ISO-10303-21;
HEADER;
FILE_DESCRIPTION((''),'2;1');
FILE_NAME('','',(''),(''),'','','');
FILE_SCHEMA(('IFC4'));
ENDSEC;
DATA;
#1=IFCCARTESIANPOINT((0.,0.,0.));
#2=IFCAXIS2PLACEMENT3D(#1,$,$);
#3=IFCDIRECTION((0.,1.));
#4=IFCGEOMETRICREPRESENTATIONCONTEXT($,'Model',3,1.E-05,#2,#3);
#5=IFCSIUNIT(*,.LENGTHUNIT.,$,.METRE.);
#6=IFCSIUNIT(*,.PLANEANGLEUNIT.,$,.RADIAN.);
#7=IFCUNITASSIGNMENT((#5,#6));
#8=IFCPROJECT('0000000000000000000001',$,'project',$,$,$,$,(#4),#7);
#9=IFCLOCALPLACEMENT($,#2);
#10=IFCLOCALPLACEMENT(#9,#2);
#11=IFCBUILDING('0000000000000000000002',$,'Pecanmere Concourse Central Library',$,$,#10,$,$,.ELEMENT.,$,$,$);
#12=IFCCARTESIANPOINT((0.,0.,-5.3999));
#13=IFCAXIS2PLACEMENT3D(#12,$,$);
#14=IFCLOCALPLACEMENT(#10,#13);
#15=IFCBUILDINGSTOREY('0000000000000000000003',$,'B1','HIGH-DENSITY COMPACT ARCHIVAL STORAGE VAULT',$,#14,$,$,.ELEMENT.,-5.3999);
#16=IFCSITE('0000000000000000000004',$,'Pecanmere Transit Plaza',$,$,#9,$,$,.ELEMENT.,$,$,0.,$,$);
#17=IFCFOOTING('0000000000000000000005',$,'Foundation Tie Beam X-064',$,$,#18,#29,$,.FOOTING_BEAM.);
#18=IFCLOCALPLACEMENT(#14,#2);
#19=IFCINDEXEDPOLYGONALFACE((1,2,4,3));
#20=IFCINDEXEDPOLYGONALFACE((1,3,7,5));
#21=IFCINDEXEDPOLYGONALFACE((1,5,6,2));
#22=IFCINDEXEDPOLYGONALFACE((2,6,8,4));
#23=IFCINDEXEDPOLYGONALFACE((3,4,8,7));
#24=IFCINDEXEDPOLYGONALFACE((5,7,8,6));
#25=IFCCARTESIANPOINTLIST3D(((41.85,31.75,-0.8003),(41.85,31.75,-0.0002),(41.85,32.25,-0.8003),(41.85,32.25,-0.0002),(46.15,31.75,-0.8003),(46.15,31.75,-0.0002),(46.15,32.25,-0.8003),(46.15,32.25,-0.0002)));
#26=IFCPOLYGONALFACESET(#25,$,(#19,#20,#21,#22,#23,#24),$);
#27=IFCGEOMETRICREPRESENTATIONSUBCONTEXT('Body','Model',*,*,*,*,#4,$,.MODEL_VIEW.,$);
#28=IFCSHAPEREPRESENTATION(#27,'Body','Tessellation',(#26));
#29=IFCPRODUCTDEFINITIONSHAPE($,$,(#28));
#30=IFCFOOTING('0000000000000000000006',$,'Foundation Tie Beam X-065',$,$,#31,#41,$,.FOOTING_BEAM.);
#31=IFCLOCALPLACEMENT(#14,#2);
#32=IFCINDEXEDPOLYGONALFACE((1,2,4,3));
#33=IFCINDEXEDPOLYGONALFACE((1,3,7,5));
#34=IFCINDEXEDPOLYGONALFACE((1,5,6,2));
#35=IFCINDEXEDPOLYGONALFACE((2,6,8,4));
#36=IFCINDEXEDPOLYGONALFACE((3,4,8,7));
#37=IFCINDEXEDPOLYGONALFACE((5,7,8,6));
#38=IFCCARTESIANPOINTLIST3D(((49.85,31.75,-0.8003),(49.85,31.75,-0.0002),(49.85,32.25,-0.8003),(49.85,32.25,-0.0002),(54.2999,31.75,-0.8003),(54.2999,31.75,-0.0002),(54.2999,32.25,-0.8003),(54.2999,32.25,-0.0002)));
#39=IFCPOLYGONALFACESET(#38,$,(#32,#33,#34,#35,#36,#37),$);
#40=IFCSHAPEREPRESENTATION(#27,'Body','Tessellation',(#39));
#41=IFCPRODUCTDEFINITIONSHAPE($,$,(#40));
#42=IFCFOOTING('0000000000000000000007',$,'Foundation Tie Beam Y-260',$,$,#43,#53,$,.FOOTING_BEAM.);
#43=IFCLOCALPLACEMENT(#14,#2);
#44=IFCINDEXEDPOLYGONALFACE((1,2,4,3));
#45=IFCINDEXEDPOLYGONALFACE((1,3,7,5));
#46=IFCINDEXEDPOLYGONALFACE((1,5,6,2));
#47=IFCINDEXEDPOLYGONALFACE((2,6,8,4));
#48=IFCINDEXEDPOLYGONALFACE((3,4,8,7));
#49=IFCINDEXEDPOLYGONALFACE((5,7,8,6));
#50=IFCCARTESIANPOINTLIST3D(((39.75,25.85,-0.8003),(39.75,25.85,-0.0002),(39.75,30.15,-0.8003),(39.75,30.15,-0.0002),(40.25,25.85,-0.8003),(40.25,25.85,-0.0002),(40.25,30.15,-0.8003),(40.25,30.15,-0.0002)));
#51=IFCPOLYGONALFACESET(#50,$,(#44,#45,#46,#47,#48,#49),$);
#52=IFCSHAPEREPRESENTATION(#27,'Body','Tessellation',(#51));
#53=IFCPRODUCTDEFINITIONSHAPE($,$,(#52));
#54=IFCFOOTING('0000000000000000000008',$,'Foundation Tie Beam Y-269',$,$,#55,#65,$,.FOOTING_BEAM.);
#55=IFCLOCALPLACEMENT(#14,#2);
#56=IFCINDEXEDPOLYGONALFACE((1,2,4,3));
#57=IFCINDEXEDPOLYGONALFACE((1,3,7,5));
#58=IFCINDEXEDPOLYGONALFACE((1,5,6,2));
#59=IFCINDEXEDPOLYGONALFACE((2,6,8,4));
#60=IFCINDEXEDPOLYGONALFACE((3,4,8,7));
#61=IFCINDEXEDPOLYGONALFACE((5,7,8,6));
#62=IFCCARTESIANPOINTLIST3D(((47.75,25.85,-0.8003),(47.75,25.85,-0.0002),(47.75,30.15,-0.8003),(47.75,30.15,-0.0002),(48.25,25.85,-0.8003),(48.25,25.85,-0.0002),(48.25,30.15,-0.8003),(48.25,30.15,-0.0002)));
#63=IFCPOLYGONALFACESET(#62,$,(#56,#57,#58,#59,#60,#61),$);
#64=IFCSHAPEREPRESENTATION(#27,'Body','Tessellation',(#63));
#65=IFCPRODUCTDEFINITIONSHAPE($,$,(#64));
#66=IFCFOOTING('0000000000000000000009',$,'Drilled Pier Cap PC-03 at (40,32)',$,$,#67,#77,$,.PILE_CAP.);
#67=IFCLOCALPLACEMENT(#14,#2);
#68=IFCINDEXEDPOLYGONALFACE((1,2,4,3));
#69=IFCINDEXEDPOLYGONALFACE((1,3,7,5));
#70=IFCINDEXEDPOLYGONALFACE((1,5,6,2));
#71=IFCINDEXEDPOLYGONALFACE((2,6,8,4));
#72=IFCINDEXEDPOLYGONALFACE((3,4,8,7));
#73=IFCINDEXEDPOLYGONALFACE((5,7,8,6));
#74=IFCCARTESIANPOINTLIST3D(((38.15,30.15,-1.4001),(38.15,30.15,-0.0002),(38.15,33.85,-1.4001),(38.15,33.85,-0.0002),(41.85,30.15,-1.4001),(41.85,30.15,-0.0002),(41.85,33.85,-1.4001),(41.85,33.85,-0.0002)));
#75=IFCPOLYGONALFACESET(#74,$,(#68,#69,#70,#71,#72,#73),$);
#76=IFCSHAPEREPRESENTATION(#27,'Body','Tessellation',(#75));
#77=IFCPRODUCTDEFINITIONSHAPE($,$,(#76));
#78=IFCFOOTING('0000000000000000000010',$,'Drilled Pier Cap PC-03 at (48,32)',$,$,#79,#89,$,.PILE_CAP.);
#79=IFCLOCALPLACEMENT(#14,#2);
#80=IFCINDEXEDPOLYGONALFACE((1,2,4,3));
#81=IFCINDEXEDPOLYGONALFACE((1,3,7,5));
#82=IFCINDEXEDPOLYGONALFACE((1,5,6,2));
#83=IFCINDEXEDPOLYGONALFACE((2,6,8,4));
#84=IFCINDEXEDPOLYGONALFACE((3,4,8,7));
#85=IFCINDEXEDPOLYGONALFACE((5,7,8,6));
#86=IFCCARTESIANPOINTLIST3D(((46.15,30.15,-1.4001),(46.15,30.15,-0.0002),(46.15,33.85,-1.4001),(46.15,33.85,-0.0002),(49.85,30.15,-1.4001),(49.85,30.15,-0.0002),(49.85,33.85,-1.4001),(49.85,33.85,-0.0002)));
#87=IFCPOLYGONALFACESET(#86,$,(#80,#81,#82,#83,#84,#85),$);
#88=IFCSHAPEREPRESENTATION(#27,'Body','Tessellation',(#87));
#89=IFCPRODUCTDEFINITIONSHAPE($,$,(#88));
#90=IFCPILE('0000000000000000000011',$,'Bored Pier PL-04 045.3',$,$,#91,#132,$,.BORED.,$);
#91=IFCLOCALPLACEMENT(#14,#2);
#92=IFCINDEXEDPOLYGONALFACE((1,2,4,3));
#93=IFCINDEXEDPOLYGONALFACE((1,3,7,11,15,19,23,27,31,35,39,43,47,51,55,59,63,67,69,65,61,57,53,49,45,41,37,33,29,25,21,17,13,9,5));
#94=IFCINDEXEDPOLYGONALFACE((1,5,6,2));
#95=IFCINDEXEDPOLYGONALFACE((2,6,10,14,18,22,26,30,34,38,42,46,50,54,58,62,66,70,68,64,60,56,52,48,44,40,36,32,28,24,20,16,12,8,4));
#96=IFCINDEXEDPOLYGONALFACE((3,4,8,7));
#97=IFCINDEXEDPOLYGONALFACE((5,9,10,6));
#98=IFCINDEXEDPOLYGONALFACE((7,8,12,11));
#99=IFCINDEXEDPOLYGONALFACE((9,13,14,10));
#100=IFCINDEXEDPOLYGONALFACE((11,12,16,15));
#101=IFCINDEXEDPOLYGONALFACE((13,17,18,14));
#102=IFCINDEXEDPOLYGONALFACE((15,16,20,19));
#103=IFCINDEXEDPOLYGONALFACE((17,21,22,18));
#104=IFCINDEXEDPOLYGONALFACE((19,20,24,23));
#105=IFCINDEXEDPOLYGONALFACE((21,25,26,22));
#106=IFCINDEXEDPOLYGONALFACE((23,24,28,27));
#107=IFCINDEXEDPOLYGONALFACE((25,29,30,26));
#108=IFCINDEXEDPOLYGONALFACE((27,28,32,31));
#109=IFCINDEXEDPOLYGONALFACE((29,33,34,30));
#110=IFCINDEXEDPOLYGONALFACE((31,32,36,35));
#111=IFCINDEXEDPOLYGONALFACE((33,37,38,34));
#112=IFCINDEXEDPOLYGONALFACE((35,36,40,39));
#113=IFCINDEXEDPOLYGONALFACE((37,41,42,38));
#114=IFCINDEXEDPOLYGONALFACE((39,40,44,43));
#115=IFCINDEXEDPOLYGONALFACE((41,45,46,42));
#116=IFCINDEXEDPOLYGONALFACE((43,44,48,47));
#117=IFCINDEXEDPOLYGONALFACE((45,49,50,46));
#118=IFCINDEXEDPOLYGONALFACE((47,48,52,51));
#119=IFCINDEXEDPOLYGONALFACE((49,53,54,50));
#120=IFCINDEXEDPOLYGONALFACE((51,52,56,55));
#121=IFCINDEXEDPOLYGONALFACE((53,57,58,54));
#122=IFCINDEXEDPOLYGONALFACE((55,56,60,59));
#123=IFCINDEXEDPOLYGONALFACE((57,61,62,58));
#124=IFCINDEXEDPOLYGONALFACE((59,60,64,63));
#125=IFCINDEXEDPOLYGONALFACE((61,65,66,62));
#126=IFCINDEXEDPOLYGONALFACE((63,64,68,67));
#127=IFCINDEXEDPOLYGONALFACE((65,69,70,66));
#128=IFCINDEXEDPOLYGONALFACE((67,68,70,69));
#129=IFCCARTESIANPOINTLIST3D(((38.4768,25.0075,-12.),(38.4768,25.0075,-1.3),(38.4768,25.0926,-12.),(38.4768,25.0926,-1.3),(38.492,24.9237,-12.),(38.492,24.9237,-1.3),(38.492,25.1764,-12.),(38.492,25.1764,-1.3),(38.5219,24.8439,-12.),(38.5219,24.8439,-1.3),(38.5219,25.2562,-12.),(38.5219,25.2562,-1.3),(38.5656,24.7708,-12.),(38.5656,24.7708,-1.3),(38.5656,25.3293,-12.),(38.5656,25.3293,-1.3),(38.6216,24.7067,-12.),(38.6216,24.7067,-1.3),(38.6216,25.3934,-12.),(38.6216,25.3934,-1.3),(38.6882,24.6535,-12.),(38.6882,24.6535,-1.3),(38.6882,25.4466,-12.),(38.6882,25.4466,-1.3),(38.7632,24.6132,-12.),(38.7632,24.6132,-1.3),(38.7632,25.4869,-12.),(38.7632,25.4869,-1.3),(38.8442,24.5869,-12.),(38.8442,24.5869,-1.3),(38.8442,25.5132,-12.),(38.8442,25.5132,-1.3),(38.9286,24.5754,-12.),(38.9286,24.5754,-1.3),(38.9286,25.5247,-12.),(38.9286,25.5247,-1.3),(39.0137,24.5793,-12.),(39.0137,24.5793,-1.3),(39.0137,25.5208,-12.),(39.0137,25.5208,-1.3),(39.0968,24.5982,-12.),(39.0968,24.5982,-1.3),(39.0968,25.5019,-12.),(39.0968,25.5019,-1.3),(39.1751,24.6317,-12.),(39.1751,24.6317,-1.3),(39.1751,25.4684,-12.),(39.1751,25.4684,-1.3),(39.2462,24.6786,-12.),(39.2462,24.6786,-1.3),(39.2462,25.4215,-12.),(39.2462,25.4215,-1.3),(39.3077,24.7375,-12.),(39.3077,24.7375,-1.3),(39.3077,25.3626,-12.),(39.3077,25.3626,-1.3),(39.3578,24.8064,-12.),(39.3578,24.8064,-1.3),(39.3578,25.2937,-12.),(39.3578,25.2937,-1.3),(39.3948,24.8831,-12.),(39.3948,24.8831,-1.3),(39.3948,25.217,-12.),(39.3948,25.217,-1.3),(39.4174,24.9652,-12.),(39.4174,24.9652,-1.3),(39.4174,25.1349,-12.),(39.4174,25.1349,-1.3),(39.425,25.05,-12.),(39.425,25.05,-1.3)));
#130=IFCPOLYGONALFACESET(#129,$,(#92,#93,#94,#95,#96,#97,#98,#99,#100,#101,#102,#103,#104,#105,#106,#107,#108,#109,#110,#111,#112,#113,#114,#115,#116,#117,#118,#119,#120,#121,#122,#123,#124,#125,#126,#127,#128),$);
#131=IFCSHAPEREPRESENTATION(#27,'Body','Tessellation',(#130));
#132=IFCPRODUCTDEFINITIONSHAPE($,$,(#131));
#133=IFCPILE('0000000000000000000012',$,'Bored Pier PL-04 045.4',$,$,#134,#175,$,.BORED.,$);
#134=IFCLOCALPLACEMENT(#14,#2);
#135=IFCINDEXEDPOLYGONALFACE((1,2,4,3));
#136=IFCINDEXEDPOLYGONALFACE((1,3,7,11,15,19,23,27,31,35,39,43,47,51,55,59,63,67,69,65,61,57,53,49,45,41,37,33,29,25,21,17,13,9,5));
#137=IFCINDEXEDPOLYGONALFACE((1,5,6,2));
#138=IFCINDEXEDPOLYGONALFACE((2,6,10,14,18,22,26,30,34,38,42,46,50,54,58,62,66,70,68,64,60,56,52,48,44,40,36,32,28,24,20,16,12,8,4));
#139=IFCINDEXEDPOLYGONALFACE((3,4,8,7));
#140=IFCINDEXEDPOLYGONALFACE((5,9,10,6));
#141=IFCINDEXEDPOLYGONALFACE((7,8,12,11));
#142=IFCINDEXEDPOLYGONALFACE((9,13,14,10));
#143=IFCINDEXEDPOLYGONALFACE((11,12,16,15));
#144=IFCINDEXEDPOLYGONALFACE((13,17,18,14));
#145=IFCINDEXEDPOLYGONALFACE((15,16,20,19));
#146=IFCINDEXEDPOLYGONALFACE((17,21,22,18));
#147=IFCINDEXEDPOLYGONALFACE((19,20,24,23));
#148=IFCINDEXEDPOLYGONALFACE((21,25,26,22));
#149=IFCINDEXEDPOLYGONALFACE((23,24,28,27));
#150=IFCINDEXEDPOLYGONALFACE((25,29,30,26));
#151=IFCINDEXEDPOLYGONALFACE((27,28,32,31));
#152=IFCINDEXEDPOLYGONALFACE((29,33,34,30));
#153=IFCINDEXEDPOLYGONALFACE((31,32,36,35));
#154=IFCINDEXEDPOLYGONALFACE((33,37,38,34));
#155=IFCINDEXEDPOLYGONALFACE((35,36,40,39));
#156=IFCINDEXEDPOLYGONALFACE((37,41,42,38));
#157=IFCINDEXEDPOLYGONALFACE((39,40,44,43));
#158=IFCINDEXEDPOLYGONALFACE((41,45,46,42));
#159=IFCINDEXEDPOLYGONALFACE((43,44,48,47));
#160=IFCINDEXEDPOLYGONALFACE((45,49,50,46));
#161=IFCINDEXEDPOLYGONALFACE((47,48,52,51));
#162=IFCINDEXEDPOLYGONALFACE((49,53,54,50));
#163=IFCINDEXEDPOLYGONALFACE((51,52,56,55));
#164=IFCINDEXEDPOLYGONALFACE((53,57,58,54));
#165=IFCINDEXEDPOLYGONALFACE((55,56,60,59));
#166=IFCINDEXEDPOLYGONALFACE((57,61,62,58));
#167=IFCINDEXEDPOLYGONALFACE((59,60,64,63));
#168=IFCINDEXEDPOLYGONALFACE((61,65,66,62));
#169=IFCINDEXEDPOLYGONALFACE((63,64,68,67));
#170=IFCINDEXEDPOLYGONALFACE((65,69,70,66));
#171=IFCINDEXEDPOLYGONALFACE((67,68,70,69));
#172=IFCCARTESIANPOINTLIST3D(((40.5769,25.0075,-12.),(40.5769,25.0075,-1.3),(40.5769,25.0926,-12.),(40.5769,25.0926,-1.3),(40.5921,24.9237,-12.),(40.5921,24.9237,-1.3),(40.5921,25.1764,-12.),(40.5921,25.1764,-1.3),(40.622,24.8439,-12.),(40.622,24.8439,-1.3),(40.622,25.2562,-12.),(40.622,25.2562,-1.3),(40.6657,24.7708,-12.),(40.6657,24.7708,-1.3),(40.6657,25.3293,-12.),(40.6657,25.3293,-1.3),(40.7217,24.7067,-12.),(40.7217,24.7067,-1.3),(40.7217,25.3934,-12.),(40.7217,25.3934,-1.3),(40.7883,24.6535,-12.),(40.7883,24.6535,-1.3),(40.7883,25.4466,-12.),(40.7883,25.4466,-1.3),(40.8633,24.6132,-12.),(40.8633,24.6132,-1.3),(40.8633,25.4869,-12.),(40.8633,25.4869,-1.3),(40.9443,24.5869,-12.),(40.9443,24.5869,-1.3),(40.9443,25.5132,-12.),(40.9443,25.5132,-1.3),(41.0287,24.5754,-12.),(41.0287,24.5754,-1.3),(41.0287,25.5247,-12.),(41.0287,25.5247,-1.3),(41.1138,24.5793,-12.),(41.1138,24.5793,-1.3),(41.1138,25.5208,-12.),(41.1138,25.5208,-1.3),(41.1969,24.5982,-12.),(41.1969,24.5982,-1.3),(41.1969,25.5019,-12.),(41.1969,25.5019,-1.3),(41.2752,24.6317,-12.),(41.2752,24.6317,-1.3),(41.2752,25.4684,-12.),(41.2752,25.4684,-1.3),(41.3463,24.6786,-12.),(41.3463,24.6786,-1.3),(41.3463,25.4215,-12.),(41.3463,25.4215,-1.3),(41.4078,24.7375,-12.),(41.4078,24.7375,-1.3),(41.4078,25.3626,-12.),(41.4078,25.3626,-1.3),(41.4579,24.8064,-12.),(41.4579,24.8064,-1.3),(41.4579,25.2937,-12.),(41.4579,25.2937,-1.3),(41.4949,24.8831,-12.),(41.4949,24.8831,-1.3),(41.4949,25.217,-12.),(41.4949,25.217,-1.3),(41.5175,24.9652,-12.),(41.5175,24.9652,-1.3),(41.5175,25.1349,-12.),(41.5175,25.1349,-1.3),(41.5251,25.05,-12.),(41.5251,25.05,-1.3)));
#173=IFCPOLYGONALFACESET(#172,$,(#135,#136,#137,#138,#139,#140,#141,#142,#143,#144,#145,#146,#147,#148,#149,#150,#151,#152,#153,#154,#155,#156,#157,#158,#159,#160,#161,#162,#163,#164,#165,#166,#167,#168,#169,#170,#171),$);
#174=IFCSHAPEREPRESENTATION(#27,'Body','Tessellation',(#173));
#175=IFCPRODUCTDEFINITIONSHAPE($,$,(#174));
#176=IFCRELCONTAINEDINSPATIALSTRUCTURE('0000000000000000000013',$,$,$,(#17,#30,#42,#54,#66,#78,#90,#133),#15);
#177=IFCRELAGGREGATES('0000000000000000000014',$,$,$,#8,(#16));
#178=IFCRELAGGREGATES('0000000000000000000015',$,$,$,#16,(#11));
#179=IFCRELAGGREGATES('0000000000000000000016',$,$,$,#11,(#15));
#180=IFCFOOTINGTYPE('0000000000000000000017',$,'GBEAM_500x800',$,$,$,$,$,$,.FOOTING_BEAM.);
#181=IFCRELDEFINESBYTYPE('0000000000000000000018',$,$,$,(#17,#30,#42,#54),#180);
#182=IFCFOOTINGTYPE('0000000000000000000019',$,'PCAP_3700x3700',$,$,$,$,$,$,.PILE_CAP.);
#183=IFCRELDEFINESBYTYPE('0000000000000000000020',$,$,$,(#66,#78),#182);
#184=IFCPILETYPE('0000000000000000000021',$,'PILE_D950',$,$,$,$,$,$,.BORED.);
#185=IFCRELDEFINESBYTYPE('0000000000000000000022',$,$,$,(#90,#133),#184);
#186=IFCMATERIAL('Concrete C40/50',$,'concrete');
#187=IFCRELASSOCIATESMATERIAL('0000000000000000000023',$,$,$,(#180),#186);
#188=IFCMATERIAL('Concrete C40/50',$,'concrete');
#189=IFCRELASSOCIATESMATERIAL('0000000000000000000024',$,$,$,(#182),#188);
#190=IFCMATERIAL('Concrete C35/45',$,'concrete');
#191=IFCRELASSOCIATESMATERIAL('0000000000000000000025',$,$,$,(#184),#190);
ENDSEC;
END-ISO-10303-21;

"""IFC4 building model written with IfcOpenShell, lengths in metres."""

from ifc_helpers import new_model, si_unit, direction, frame, origin, origin_2d, place, context, subcontext, project, spatial, rectangle, circle, extrude, material, material_profile, profile_set, type_object, element, save


model = new_model("IFC4")

# Units and contexts
model_context = context("Model", 3, precision=1e-05, world=origin(), true_north=direction((0.0, 1.0)))
body_context = subcontext(model_context, "Body", "Model", "MODEL_VIEW")
ifc_project = project(units=[si_unit("LENGTHUNIT", "METRE"), si_unit("PLANEANGLEUNIT", "RADIAN")], contexts=[model_context])

# Site, building, storey
site_placement = place(None, origin())
site = spatial("IfcSite", under=ifc_project, at=site_placement, Name="Pecanmere Transit Plaza", CompositionType="ELEMENT", RefElevation=0.0)
building_placement = place(site_placement, origin())
building = spatial("IfcBuilding", under=site, at=building_placement, Name="Pecanmere Concourse Central Library", CompositionType="ELEMENT")
storey_placement = place(building_placement, frame((0.0, 0.0, -5.3999)))
storey = spatial("IfcBuildingStorey", under=building, at=storey_placement, Name="B1", Description="HIGH-DENSITY COMPACT ARCHIVAL STORAGE VAULT", CompositionType="ELEMENT", Elevation=-5.3999)

# Footings
ifc_material_1 = material(Name="Concrete C40/50", Category="concrete")
ifc_material_profile_1 = material_profile(ifc_material_1, rectangle(XDim=0.5, YDim=0.8, at=origin_2d()), Name="RC 500x800")
ifc_profile_set_1 = profile_set([ifc_material_profile_1], Name="Concrete C40/50")
footing_type_1 = type_object("IfcFootingType", Name="GBEAM_500x800", PredefinedType="FOOTING_BEAM", material=ifc_profile_set_1)
footing_1_placement = place(storey_placement, frame((44.0, 32.0, -0.8003), z_axis=(0.0, 0.0, 1.0), x_axis=(1.0, 0.0, 0.0)))
element("IfcFooting", 1, at=footing_1_placement, inside=storey, type_object=footing_type_1, Name="Foundation Tie Beam X-064", PredefinedType="FOOTING_BEAM", context=body_context, shape_type="SweptSolid", body=[
    extrude(rectangle(XDim=4.3, YDim=0.5, at=origin_2d()), origin(), (0.0, 0.0, 1.0), 0.8),
])
footing_2_placement = place(storey_placement, frame((52.075, 32.0, -0.8003), z_axis=(0.0, 0.0, 1.0), x_axis=(1.0, 0.0, 0.0)))
element("IfcFooting", 2, at=footing_2_placement, inside=storey, type_object=footing_type_1, Name="Foundation Tie Beam X-065", PredefinedType="FOOTING_BEAM", context=body_context, shape_type="SweptSolid", body=[
    extrude(rectangle(XDim=4.45, YDim=0.5, at=origin_2d()), origin(), (0.0, 0.0, 1.0), 0.8),
])
for number, where, z_axis, x_axis, name in (
    (3, (40.0, 28.0, -0.8003), (0.0, 0.0, 1.0), (0.0, 1.0, 0.0), "Foundation Tie Beam Y-260"),
    (4, (48.0, 28.0, -0.8003), (0.0, 0.0, 1.0), (0.0, 1.0, 0.0), "Foundation Tie Beam Y-269"),
):
    element("IfcFooting", number, at=place(storey_placement, frame(where, z_axis=z_axis, x_axis=x_axis)), inside=storey, type_object=footing_type_1, Name=name, PredefinedType="FOOTING_BEAM", context=body_context, shape_type="SweptSolid", body=[
        extrude(rectangle(XDim=4.3, YDim=0.5, at=origin_2d()), origin(), (0.0, 0.0, 1.0), 0.8),
    ])
ifc_material_2 = material(Name="Concrete C40/50", Category="concrete")
footing_type_2 = type_object("IfcFootingType", Name="PCAP_3700x3700", PredefinedType="PILE_CAP", material=ifc_material_2)
for number, where, z_axis, x_axis, name in (
    (5, (40.0, 32.0, -1.4001), (0.0, 0.0, 1.0), (1.0, 0.0, 0.0), "Drilled Pier Cap PC-03 at (40,32)"),
    (6, (48.0, 32.0, -1.4001), (0.0, 0.0, 1.0), (1.0, 0.0, 0.0), "Drilled Pier Cap PC-03 at (48,32)"),
):
    element("IfcFooting", number, at=place(storey_placement, frame(where, z_axis=z_axis, x_axis=x_axis)), inside=storey, type_object=footing_type_2, Name=name, PredefinedType="PILE_CAP", context=body_context, shape_type="SweptSolid", body=[
        extrude(rectangle(XDim=3.7, YDim=3.7, at=origin_2d()), origin(), (0.0, 0.0, 1.0), 1.3999),
    ])

# Piles
ifc_material_3 = material(Name="Concrete C35/45", Category="concrete")
ifc_material_profile_2 = material_profile(ifc_material_3, circle(Radius=0.4751, at=origin_2d()), Name="PIER D950")
ifc_profile_set_2 = profile_set([ifc_material_profile_2], Name="Concrete C35/45")
pile_type = type_object("IfcPileType", Name="PILE_D950", PredefinedType="BORED", material=ifc_profile_set_2)
for number, where, z_axis, x_axis, name in (
    (7, (38.95, 25.05, -1.3), (0.0, 0.0, -1.0), (1.0, 0.0, 0.0), "Bored Pier PL-04 045.3"),
    (8, (41.05, 25.05, -1.3), (0.0, 0.0, -1.0), (1.0, 0.0, 0.0), "Bored Pier PL-04 045.4"),
):
    element("IfcPile", number, at=place(storey_placement, frame(where, z_axis=z_axis, x_axis=x_axis)), inside=storey, type_object=pile_type, Name=name, PredefinedType="BORED", context=body_context, shape_type="SweptSolid", body=[
        extrude(circle(Radius=0.4751, at=origin_2d()), origin(), (0.0, 0.0, 1.0), 10.7),
    ])

save(model, "model.ifc")
